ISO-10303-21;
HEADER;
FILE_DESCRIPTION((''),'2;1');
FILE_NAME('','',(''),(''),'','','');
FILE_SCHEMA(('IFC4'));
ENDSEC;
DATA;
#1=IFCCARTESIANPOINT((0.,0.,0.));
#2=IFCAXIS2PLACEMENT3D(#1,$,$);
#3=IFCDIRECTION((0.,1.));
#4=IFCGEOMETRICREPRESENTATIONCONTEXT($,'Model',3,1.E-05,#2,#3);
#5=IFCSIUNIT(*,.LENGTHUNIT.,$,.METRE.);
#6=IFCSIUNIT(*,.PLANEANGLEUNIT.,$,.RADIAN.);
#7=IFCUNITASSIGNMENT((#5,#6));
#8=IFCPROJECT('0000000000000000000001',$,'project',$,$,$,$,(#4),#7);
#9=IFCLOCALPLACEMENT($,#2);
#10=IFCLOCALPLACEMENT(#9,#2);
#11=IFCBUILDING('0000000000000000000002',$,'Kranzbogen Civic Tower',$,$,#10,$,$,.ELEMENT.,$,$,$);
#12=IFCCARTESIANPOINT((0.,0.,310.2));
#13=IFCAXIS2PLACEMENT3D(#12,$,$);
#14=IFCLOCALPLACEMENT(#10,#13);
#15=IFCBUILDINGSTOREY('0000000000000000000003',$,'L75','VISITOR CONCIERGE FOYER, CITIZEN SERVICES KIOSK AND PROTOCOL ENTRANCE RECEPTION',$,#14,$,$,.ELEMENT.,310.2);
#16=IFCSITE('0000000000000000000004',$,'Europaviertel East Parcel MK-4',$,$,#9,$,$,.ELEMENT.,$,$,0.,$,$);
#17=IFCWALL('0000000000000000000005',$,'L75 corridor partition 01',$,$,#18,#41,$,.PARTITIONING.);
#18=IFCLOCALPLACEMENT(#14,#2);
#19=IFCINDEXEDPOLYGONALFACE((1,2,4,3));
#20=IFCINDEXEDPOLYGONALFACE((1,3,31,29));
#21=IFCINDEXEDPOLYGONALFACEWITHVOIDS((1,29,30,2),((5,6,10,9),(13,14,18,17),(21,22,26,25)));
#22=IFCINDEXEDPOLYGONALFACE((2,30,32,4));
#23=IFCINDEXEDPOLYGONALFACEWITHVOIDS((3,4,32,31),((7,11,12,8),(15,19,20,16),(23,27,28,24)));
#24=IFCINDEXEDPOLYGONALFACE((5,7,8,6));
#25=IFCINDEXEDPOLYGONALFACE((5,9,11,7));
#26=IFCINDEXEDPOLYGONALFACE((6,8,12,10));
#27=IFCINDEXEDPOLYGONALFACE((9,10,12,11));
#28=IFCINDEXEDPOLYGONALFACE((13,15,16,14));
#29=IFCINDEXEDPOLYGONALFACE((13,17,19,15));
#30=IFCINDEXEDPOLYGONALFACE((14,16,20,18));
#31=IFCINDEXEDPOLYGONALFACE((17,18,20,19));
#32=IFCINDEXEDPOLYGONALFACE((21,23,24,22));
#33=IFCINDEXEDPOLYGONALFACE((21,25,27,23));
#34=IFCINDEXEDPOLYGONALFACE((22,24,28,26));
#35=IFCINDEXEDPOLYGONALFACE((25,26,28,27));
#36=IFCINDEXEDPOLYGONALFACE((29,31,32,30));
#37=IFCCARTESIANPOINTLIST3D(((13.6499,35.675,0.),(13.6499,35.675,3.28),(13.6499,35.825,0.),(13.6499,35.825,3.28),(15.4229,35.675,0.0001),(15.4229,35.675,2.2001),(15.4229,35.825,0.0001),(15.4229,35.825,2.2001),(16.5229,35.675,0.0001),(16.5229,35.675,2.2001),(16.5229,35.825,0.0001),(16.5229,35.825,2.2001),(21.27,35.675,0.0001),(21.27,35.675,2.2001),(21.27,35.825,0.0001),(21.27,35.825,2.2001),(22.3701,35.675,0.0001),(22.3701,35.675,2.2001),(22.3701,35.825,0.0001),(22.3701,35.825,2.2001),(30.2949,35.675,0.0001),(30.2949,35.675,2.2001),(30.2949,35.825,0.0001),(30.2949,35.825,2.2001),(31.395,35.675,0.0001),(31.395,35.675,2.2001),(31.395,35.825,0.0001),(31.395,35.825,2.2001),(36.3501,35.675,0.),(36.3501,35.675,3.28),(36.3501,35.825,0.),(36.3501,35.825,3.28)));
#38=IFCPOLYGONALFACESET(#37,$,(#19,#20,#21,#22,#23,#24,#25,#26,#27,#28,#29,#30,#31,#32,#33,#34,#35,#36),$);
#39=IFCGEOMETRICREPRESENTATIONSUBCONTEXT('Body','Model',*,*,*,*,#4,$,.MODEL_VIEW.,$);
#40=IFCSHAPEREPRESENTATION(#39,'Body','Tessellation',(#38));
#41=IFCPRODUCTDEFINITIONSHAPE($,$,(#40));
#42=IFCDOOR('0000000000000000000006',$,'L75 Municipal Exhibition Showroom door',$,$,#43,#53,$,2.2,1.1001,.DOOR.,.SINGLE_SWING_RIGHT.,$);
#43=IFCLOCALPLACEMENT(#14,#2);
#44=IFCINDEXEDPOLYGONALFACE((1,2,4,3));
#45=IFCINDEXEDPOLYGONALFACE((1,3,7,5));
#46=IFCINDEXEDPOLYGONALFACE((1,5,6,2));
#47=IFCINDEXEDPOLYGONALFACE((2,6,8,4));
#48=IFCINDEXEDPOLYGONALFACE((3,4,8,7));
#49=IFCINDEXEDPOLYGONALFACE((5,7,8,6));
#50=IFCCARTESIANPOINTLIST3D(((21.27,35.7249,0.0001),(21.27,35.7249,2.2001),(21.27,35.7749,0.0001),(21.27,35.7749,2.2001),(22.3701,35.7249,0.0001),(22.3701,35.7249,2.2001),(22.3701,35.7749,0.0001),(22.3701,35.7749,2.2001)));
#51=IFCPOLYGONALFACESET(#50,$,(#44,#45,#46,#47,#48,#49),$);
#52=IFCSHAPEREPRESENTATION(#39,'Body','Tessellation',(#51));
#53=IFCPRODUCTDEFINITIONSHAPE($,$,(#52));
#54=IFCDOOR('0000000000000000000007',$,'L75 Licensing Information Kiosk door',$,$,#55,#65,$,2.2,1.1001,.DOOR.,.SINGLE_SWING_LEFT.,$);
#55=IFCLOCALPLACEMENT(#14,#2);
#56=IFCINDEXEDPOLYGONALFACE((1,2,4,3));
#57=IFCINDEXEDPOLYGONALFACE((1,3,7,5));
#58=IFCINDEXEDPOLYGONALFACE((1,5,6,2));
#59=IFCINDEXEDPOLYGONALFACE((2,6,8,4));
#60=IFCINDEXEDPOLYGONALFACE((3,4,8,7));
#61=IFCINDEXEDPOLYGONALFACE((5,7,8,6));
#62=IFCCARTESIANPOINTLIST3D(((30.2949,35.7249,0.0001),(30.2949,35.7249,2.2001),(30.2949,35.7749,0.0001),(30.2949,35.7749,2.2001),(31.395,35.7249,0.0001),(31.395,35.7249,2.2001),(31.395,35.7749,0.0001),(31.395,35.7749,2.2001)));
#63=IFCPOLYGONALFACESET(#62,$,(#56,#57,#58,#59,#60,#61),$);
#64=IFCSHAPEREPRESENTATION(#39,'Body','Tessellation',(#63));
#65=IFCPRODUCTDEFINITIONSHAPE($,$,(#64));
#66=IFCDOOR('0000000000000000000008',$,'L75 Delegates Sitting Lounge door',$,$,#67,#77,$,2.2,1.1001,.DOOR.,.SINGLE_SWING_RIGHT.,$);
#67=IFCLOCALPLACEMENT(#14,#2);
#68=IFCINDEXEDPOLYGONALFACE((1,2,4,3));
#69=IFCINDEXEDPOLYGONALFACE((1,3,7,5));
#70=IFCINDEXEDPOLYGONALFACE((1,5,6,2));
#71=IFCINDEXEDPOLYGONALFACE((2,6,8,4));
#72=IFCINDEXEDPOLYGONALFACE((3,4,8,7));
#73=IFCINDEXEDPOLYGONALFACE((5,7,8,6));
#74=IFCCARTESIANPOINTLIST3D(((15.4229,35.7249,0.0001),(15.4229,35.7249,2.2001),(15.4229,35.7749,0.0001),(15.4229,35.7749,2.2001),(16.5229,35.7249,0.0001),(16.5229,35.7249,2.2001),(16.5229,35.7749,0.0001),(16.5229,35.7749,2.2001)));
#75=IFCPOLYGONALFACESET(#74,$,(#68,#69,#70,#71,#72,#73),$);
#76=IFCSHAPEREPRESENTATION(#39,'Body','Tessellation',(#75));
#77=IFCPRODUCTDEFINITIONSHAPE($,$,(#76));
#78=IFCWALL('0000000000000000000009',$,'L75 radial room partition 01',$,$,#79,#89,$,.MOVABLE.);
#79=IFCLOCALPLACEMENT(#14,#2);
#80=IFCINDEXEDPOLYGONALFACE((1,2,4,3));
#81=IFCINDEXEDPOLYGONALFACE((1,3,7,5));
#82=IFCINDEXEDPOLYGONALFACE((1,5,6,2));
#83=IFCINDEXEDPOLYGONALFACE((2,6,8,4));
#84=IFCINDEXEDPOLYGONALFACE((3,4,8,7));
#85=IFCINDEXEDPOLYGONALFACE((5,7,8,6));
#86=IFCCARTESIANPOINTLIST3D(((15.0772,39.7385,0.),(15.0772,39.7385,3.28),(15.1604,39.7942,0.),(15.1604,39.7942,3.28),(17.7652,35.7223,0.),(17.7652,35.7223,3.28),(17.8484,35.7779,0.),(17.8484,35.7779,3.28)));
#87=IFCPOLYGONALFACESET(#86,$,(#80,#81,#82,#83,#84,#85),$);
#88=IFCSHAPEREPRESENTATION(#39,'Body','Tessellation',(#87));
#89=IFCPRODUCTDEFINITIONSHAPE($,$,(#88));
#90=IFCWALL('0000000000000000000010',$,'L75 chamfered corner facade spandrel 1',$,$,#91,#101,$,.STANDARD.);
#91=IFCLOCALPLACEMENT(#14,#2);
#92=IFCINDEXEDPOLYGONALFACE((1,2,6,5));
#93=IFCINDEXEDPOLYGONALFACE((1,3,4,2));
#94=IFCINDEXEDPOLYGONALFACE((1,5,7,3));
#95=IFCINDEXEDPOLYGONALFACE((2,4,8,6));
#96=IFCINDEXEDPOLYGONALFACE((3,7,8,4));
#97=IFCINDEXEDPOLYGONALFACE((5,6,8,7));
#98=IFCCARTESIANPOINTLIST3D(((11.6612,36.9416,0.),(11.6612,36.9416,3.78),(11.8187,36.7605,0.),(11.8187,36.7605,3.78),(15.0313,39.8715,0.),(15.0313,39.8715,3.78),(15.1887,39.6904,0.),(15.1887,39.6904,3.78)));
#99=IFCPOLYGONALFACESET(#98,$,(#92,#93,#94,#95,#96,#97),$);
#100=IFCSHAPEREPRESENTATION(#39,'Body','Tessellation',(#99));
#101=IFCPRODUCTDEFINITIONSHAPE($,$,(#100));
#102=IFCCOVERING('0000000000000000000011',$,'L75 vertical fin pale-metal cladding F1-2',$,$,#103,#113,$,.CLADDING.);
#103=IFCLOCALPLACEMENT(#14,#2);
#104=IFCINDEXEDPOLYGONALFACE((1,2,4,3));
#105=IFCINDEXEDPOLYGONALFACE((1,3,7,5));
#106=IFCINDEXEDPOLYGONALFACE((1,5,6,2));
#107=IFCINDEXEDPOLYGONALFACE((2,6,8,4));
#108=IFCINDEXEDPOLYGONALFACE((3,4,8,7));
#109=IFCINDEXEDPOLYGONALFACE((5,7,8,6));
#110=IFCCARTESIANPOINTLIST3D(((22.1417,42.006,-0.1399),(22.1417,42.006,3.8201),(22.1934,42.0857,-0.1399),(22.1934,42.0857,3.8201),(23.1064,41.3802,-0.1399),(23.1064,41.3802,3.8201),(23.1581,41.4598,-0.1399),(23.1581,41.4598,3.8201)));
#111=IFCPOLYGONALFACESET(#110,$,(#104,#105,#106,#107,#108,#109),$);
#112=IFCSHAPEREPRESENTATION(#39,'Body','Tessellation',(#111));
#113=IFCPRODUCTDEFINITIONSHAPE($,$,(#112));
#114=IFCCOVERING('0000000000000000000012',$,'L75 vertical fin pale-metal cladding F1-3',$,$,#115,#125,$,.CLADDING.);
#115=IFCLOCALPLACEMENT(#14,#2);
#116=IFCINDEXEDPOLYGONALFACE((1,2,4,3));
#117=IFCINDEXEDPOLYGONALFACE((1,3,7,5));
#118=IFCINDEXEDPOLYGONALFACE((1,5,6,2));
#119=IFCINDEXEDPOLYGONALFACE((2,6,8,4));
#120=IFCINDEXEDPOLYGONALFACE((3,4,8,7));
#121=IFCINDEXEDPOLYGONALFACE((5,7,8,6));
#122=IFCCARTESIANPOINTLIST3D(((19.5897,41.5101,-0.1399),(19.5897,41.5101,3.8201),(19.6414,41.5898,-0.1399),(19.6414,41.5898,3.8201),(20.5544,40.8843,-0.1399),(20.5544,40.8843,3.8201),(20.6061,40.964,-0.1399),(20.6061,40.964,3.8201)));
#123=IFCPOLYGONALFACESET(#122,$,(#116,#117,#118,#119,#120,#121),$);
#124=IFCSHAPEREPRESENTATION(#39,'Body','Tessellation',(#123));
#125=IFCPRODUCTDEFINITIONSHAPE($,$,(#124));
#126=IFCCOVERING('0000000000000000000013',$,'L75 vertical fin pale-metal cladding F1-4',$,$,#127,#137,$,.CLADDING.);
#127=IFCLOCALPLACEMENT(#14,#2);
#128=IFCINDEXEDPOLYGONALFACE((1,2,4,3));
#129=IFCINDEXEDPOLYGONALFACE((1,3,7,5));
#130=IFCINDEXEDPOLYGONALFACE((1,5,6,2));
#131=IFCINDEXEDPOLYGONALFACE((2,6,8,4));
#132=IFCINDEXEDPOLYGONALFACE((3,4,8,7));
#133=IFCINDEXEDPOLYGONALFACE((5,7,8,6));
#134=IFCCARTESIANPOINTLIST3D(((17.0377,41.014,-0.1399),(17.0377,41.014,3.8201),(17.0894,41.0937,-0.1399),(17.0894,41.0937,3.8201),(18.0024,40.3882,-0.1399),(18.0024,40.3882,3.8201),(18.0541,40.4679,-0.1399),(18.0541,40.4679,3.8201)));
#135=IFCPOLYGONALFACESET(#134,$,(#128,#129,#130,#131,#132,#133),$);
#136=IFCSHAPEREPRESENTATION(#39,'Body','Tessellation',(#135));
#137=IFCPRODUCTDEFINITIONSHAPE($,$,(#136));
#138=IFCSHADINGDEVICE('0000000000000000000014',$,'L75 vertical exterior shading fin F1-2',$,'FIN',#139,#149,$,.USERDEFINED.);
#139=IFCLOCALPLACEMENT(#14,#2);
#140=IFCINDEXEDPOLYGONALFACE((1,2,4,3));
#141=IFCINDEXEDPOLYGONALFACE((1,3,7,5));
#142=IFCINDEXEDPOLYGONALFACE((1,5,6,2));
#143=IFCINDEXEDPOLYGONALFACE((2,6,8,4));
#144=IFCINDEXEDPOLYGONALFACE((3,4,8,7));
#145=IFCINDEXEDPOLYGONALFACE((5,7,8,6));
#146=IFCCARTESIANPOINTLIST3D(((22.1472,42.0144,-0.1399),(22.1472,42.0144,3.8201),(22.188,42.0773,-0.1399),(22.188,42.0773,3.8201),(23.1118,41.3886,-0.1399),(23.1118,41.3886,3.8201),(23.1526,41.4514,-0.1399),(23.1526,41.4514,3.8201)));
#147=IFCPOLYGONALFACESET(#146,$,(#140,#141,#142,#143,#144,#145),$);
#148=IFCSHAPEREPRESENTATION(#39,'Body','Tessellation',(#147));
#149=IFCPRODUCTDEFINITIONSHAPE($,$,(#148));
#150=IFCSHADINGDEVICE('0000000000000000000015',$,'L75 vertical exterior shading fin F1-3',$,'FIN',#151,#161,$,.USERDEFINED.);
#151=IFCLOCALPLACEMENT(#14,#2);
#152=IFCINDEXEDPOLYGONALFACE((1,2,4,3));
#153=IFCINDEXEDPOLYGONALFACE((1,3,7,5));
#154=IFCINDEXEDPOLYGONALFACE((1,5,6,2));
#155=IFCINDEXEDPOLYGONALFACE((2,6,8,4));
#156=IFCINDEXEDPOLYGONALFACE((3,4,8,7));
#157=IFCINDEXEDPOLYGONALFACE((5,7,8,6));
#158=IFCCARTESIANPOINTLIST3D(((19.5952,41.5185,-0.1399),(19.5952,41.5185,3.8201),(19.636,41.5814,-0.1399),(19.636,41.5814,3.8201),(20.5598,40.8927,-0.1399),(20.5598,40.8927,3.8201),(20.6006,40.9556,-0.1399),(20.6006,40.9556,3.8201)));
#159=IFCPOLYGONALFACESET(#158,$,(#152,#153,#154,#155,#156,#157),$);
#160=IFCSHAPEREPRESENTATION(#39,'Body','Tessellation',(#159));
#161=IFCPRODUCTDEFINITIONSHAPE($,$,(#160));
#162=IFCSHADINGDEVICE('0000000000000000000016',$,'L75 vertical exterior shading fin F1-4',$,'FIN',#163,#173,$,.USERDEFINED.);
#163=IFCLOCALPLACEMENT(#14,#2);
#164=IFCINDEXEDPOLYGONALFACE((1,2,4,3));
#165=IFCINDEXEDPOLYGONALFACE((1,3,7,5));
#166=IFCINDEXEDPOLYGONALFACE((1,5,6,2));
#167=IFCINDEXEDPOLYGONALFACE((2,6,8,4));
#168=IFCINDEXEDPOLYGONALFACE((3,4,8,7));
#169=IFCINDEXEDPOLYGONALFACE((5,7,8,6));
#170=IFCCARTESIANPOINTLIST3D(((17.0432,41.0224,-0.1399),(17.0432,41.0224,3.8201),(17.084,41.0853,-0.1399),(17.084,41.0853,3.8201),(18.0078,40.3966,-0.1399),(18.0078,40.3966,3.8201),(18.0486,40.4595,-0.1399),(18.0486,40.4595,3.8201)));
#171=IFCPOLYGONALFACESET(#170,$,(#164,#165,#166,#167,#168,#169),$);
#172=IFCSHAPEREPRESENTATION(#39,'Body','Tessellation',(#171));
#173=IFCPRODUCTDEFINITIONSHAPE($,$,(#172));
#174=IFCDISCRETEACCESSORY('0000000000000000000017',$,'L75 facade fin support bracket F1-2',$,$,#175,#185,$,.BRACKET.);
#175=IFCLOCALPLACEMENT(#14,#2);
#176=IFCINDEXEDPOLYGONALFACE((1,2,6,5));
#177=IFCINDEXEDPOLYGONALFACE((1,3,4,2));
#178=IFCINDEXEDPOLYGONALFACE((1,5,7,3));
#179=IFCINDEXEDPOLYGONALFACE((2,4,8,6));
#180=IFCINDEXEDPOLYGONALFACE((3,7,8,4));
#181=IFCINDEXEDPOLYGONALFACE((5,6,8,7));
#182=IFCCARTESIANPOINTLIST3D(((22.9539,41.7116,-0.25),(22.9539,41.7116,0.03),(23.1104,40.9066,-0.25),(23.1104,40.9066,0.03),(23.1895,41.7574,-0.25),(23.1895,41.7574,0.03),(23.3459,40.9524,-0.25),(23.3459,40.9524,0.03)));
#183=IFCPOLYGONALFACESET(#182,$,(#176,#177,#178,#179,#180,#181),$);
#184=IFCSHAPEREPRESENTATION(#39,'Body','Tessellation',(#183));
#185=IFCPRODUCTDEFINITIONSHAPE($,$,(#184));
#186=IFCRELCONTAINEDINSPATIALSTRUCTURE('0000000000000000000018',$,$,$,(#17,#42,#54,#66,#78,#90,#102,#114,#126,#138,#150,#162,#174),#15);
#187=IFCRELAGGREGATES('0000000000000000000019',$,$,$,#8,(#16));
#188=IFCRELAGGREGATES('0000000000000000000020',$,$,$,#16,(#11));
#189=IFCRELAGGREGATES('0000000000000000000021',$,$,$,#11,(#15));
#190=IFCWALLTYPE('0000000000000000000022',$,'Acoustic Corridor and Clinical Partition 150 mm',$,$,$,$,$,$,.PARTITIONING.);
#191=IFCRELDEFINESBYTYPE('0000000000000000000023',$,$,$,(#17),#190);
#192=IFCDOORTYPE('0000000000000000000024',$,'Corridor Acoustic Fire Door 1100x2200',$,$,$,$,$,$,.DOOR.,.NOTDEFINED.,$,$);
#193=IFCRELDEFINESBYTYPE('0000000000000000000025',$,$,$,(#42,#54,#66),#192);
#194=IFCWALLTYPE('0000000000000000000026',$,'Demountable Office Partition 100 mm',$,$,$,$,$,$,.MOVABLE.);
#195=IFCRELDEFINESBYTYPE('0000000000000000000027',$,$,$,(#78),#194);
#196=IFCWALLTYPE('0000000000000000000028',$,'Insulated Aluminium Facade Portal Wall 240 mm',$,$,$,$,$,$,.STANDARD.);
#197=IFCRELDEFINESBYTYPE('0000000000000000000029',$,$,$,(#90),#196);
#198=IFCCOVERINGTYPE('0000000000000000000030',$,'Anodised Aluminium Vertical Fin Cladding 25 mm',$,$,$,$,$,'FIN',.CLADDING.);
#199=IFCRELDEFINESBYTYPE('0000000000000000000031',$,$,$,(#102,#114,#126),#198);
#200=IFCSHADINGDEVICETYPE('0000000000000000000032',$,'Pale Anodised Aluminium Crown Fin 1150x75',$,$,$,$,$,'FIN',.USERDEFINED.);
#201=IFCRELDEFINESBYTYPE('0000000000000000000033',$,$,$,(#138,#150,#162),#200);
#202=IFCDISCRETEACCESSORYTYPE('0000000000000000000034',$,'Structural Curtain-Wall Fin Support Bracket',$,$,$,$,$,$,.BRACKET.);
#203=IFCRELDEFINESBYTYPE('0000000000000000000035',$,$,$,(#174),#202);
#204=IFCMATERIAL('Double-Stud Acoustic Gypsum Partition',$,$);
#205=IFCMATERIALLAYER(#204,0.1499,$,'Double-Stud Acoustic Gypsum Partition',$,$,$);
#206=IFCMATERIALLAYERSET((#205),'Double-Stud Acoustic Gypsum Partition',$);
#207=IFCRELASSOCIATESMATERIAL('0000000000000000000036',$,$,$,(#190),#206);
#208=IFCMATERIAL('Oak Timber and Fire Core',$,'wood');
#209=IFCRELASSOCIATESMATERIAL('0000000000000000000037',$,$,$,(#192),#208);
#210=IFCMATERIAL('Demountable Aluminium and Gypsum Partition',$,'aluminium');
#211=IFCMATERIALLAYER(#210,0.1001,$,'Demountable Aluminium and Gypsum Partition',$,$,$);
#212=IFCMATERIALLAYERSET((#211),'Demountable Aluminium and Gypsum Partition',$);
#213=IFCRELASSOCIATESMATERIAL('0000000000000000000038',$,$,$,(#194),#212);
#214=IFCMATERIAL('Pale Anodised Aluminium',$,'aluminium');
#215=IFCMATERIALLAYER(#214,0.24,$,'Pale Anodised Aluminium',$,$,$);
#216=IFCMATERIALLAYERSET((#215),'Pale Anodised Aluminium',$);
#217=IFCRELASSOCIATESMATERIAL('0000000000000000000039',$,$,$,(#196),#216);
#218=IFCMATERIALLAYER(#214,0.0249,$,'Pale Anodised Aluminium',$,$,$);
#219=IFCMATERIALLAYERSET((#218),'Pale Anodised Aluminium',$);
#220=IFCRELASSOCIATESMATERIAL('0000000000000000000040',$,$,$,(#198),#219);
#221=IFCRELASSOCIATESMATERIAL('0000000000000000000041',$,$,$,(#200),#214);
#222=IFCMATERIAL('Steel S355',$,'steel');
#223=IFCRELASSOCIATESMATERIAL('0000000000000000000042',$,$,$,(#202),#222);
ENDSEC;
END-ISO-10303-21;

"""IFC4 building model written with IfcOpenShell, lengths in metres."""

from ifc_helpers import new_model, si_unit, direction, frame, frame_2d, origin, origin_2d, place, context, subcontext, project, spatial, rectangle, extrude, material, layer, layer_set, type_object, element, fill, save


model = new_model("IFC4")

# Units and contexts
model_context = context("Model", 3, precision=1e-05, world=origin(), true_north=direction((0.0, 1.0)))
body_context = subcontext(model_context, "Body", "Model", "MODEL_VIEW")
ifc_project = project(units=[si_unit("LENGTHUNIT", "METRE"), si_unit("PLANEANGLEUNIT", "RADIAN")], contexts=[model_context])

# Site, building, storey
site_placement = place(None, origin())
site = spatial("IfcSite", under=ifc_project, at=site_placement, Name="Europaviertel East Parcel MK-4", CompositionType="ELEMENT", RefElevation=0.0)
building_placement = place(site_placement, origin())
building = spatial("IfcBuilding", under=site, at=building_placement, Name="Kranzbogen Civic Tower", CompositionType="ELEMENT")
storey_placement = place(building_placement, frame((0.0, 0.0, 310.2)))
storey = spatial("IfcBuildingStorey", under=building, at=storey_placement, Name="L75", Description="VISITOR CONCIERGE FOYER, CITIZEN SERVICES KIOSK AND PROTOCOL ENTRANCE RECEPTION", CompositionType="ELEMENT", Elevation=310.2)

# Shared definitions
ifc_material_1 = material(Name="Steel S355", Category="steel")

# Shared definitions
ifc_material_2 = material(Name="Pale Anodised Aluminium", Category="aluminium")

# Wall, openings, doors
ifc_material_3 = material(Name="Double-Stud Acoustic Gypsum Partition")
ifc_layer_1 = layer(ifc_material_3, 0.1499, Name="Double-Stud Acoustic Gypsum Partition")
ifc_layer_set_1 = layer_set([ifc_layer_1], Name="Double-Stud Acoustic Gypsum Partition")
wall_type_1 = type_object("IfcWallType", Name="Acoustic Corridor and Clinical Partition 150 mm", PredefinedType="PARTITIONING", material=ifc_layer_set_1)
wall_1_placement = place(storey_placement, frame((13.6499, 35.75, 0.0), z_axis=(0.0, 0.0, 1.0), x_axis=(1.0, 0.0, 0.0)))
wall_1 = element("IfcWall", 1, at=wall_1_placement, inside=storey, type_object=wall_type_1, Name="L75 corridor partition 01", PredefinedType="PARTITIONING", context=body_context, shape_type="SweptSolid", body=[
    extrude(rectangle(XDim=22.7002, YDim=0.1499, at=frame_2d((11.3501, 0.0))), origin(), (0.0, 0.0, 1.0), 3.28),
])
opening_1_placement = place(wall_1_placement, frame((7.6201, 0.0, 0.0)))
opening_1 = element("IfcOpeningElement", 2, at=opening_1_placement, cuts=wall_1, PredefinedType="OPENING", context=body_context, shape_type="SweptSolid", body=[
    extrude(rectangle(XDim=1.1001, YDim=2.2, at=frame_2d((0.55, 1.1001))), frame((0.0, 0.085, 0.0), z_axis=(0.0, -1.0, 0.0), x_axis=(1.0, 0.0, 0.0)), (0.0, 0.0, 1.0), 0.1699),
])
opening_2_placement = place(wall_1_placement, frame((16.645, 0.0, 0.0)))
opening_2 = element("IfcOpeningElement", 3, at=opening_2_placement, cuts=wall_1, PredefinedType="OPENING", context=body_context, shape_type="SweptSolid", body=[
    extrude(rectangle(XDim=1.1001, YDim=2.2, at=frame_2d((0.55, 1.1001))), frame((0.0, 0.085, 0.0), z_axis=(0.0, -1.0, 0.0), x_axis=(1.0, 0.0, 0.0)), (0.0, 0.0, 1.0), 0.1699),
])
opening_3_placement = place(wall_1_placement, frame((1.7729, 0.0, 0.0)))
opening_3 = element("IfcOpeningElement", 4, at=opening_3_placement, cuts=wall_1, PredefinedType="OPENING", context=body_context, shape_type="SweptSolid", body=[
    extrude(rectangle(XDim=1.1001, YDim=2.2, at=frame_2d((0.55, 1.1001))), frame((0.0, 0.085, 0.0), z_axis=(0.0, -1.0, 0.0), x_axis=(1.0, 0.0, 0.0)), (0.0, 0.0, 1.0), 0.1699),
])
ifc_material_4 = material(Name="Oak Timber and Fire Core", Category="wood")
door_type = type_object("IfcDoorType", Name="Corridor Acoustic Fire Door 1100x2200", OperationType="NOTDEFINED", PredefinedType="DOOR", material=ifc_material_4)
door_1_placement = place(opening_1_placement, origin())
door_1 = element("IfcDoor", 5, at=door_1_placement, inside=storey, type_object=door_type, Name="L75 Municipal Exhibition Showroom door", OperationType="SINGLE_SWING_RIGHT", OverallHeight=2.2, OverallWidth=1.1001, PredefinedType="DOOR", context=body_context, shape_type="SweptSolid", body=[
    extrude(rectangle(XDim=1.1001, YDim=2.2, at=frame_2d((0.55, 1.1001))), frame((0.0, 0.0249, 0.0), z_axis=(0.0, -1.0, 0.0), x_axis=(1.0, 0.0, 0.0)), (0.0, 0.0, 1.0), 0.05),
])
fill(opening_1, door_1)
door_2_placement = place(opening_2_placement, origin())
door_2 = element("IfcDoor", 6, at=door_2_placement, inside=storey, type_object=door_type, Name="L75 Licensing Information Kiosk door", OperationType="SINGLE_SWING_LEFT", OverallHeight=2.2, OverallWidth=1.1001, PredefinedType="DOOR", context=body_context, shape_type="SweptSolid", body=[
    extrude(rectangle(XDim=1.1001, YDim=2.2, at=frame_2d((0.55, 1.1001))), frame((0.0, 0.0249, 0.0), z_axis=(0.0, -1.0, 0.0), x_axis=(1.0, 0.0, 0.0)), (0.0, 0.0, 1.0), 0.05),
])
fill(opening_2, door_2)
door_3_placement = place(opening_3_placement, origin())
door_3 = element("IfcDoor", 7, at=door_3_placement, inside=storey, type_object=door_type, Name="L75 Delegates Sitting Lounge door", OperationType="SINGLE_SWING_RIGHT", OverallHeight=2.2, OverallWidth=1.1001, PredefinedType="DOOR", context=body_context, shape_type="SweptSolid", body=[
    extrude(rectangle(XDim=1.1001, YDim=2.2, at=frame_2d((0.55, 1.1001))), frame((0.0, 0.0249, 0.0), z_axis=(0.0, -1.0, 0.0), x_axis=(1.0, 0.0, 0.0)), (0.0, 0.0, 1.0), 0.05),
])
fill(opening_3, door_3)

# Walls
ifc_material_5 = material(Name="Demountable Aluminium and Gypsum Partition", Category="aluminium")
ifc_layer_2 = layer(ifc_material_5, 0.1001, Name="Demountable Aluminium and Gypsum Partition")
ifc_layer_set_2 = layer_set([ifc_layer_2], Name="Demountable Aluminium and Gypsum Partition")
wall_type_2 = type_object("IfcWallType", Name="Demountable Office Partition 100 mm", PredefinedType="MOVABLE", material=ifc_layer_set_2)
wall_2_placement = place(storey_placement, frame((17.8069, 35.75, 0.0), z_axis=(0.0, 0.0, 1.0), x_axis=(-0.556215, 0.831039, 0.0)))
element("IfcWall", 8, at=wall_2_placement, inside=storey, type_object=wall_type_2, Name="L75 radial room partition 01", PredefinedType="MOVABLE", context=body_context, shape_type="SweptSolid", body=[
    extrude(rectangle(XDim=4.8328, YDim=0.1001, at=frame_2d((2.4165, 0.0))), origin(), (0.0, 0.0, 1.0), 3.28),
])
ifc_layer_3 = layer(ifc_material_2, 0.24, Name="Pale Anodised Aluminium")
ifc_layer_set_3 = layer_set([ifc_layer_3], Name="Pale Anodised Aluminium")
wall_type_3 = type_object("IfcWallType", Name="Insulated Aluminium Facade Portal Wall 240 mm", PredefinedType="STANDARD", material=ifc_layer_set_3)
wall_3_placement = place(storey_placement, frame((15.1101, 39.781, 0.0), z_axis=(0.0, 0.0, 1.0), x_axis=(-0.754673, -0.656102, 0.0)))
element("IfcWall", 9, at=wall_3_placement, inside=storey, type_object=wall_type_3, Name="L75 chamfered corner facade spandrel 1", PredefinedType="STANDARD", context=body_context, shape_type="SweptSolid", body=[
    extrude(rectangle(XDim=4.4656, YDim=0.24, at=frame_2d((2.2329, 0.0))), origin(), (0.0, 0.0, 1.0), 3.78),
])

# Coverings
ifc_layer_4 = layer(ifc_material_2, 0.0249, Name="Pale Anodised Aluminium")
ifc_layer_set_4 = layer_set([ifc_layer_4], Name="Pale Anodised Aluminium")
covering_type = type_object("IfcCoveringType", Name="Anodised Aluminium Vertical Fin Cladding 25 mm", ElementType="FIN", PredefinedType="CLADDING", material=ifc_layer_set_4)
for number, where, z_axis, x_axis, name in (
    (10, (22.6499, 41.7329, -0.1399), (0.0, 0.0, 1.0), (-0.838927, 0.544244, 0.0), "L75 vertical fin pale-metal cladding F1-2"),
    (11, (20.0979, 41.2371, -0.1399), (0.0, 0.0, 1.0), (-0.838927, 0.544244, 0.0), "L75 vertical fin pale-metal cladding F1-3"),
    (12, (17.5459, 40.741, -0.1399), (0.0, 0.0, 1.0), (-0.838927, 0.544244, 0.0), "L75 vertical fin pale-metal cladding F1-4"),
):
    element("IfcCovering", number, at=place(storey_placement, frame(where, z_axis=z_axis, x_axis=x_axis)), inside=storey, type_object=covering_type, Name=name, PredefinedType="CLADDING", context=body_context, shape_type="SweptSolid", body=[
        extrude(rectangle(XDim=1.1499, YDim=0.095, at=origin_2d()), origin(), (0.0, 0.0, 1.0), 3.96),
    ])

# Shading devices
shading_device_type = type_object("IfcShadingDeviceType", Name="Pale Anodised Aluminium Crown Fin 1150x75", ElementType="FIN", PredefinedType="USERDEFINED", material=ifc_material_2)
for number, where, z_axis, x_axis, name in (
    (13, (22.6499, 41.7329, -0.1399), (0.0, 0.0, 1.0), (-0.838927, 0.544244, 0.0), "L75 vertical exterior shading fin F1-2"),
    (14, (20.0979, 41.2371, -0.1399), (0.0, 0.0, 1.0), (-0.838927, 0.544244, 0.0), "L75 vertical exterior shading fin F1-3"),
    (15, (17.5459, 40.741, -0.1399), (0.0, 0.0, 1.0), (-0.838927, 0.544244, 0.0), "L75 vertical exterior shading fin F1-4"),
):
    element("IfcShadingDevice", number, at=place(storey_placement, frame(where, z_axis=z_axis, x_axis=x_axis)), inside=storey, type_object=shading_device_type, Name=name, ObjectType="FIN", PredefinedType="USERDEFINED", context=body_context, shape_type="SweptSolid", body=[
        extrude(rectangle(XDim=1.1499, YDim=0.075, at=origin_2d()), origin(), (0.0, 0.0, 1.0), 3.96),
    ])

# Discrete accessory
discrete_accessory_type = type_object("IfcDiscreteAccessoryType", Name="Structural Curtain-Wall Fin Support Bracket", PredefinedType="BRACKET", material=ifc_material_1)
for number, where, z_axis, x_axis, name in (
    (16, (23.1499, 41.332, -0.25), (0.0, 0.0, 1.0), (-0.190809, 0.981627, 0.0), "L75 facade fin support bracket F1-2"),
):
    element("IfcDiscreteAccessory", number, at=place(storey_placement, frame(where, z_axis=z_axis, x_axis=x_axis)), inside=storey, type_object=discrete_accessory_type, Name=name, PredefinedType="BRACKET", context=body_context, shape_type="SweptSolid", body=[
        extrude(rectangle(XDim=0.8201, YDim=0.24, at=origin_2d()), origin(), (0.0, 0.0, 1.0), 0.28),
    ])

save(model, "model.ifc")
